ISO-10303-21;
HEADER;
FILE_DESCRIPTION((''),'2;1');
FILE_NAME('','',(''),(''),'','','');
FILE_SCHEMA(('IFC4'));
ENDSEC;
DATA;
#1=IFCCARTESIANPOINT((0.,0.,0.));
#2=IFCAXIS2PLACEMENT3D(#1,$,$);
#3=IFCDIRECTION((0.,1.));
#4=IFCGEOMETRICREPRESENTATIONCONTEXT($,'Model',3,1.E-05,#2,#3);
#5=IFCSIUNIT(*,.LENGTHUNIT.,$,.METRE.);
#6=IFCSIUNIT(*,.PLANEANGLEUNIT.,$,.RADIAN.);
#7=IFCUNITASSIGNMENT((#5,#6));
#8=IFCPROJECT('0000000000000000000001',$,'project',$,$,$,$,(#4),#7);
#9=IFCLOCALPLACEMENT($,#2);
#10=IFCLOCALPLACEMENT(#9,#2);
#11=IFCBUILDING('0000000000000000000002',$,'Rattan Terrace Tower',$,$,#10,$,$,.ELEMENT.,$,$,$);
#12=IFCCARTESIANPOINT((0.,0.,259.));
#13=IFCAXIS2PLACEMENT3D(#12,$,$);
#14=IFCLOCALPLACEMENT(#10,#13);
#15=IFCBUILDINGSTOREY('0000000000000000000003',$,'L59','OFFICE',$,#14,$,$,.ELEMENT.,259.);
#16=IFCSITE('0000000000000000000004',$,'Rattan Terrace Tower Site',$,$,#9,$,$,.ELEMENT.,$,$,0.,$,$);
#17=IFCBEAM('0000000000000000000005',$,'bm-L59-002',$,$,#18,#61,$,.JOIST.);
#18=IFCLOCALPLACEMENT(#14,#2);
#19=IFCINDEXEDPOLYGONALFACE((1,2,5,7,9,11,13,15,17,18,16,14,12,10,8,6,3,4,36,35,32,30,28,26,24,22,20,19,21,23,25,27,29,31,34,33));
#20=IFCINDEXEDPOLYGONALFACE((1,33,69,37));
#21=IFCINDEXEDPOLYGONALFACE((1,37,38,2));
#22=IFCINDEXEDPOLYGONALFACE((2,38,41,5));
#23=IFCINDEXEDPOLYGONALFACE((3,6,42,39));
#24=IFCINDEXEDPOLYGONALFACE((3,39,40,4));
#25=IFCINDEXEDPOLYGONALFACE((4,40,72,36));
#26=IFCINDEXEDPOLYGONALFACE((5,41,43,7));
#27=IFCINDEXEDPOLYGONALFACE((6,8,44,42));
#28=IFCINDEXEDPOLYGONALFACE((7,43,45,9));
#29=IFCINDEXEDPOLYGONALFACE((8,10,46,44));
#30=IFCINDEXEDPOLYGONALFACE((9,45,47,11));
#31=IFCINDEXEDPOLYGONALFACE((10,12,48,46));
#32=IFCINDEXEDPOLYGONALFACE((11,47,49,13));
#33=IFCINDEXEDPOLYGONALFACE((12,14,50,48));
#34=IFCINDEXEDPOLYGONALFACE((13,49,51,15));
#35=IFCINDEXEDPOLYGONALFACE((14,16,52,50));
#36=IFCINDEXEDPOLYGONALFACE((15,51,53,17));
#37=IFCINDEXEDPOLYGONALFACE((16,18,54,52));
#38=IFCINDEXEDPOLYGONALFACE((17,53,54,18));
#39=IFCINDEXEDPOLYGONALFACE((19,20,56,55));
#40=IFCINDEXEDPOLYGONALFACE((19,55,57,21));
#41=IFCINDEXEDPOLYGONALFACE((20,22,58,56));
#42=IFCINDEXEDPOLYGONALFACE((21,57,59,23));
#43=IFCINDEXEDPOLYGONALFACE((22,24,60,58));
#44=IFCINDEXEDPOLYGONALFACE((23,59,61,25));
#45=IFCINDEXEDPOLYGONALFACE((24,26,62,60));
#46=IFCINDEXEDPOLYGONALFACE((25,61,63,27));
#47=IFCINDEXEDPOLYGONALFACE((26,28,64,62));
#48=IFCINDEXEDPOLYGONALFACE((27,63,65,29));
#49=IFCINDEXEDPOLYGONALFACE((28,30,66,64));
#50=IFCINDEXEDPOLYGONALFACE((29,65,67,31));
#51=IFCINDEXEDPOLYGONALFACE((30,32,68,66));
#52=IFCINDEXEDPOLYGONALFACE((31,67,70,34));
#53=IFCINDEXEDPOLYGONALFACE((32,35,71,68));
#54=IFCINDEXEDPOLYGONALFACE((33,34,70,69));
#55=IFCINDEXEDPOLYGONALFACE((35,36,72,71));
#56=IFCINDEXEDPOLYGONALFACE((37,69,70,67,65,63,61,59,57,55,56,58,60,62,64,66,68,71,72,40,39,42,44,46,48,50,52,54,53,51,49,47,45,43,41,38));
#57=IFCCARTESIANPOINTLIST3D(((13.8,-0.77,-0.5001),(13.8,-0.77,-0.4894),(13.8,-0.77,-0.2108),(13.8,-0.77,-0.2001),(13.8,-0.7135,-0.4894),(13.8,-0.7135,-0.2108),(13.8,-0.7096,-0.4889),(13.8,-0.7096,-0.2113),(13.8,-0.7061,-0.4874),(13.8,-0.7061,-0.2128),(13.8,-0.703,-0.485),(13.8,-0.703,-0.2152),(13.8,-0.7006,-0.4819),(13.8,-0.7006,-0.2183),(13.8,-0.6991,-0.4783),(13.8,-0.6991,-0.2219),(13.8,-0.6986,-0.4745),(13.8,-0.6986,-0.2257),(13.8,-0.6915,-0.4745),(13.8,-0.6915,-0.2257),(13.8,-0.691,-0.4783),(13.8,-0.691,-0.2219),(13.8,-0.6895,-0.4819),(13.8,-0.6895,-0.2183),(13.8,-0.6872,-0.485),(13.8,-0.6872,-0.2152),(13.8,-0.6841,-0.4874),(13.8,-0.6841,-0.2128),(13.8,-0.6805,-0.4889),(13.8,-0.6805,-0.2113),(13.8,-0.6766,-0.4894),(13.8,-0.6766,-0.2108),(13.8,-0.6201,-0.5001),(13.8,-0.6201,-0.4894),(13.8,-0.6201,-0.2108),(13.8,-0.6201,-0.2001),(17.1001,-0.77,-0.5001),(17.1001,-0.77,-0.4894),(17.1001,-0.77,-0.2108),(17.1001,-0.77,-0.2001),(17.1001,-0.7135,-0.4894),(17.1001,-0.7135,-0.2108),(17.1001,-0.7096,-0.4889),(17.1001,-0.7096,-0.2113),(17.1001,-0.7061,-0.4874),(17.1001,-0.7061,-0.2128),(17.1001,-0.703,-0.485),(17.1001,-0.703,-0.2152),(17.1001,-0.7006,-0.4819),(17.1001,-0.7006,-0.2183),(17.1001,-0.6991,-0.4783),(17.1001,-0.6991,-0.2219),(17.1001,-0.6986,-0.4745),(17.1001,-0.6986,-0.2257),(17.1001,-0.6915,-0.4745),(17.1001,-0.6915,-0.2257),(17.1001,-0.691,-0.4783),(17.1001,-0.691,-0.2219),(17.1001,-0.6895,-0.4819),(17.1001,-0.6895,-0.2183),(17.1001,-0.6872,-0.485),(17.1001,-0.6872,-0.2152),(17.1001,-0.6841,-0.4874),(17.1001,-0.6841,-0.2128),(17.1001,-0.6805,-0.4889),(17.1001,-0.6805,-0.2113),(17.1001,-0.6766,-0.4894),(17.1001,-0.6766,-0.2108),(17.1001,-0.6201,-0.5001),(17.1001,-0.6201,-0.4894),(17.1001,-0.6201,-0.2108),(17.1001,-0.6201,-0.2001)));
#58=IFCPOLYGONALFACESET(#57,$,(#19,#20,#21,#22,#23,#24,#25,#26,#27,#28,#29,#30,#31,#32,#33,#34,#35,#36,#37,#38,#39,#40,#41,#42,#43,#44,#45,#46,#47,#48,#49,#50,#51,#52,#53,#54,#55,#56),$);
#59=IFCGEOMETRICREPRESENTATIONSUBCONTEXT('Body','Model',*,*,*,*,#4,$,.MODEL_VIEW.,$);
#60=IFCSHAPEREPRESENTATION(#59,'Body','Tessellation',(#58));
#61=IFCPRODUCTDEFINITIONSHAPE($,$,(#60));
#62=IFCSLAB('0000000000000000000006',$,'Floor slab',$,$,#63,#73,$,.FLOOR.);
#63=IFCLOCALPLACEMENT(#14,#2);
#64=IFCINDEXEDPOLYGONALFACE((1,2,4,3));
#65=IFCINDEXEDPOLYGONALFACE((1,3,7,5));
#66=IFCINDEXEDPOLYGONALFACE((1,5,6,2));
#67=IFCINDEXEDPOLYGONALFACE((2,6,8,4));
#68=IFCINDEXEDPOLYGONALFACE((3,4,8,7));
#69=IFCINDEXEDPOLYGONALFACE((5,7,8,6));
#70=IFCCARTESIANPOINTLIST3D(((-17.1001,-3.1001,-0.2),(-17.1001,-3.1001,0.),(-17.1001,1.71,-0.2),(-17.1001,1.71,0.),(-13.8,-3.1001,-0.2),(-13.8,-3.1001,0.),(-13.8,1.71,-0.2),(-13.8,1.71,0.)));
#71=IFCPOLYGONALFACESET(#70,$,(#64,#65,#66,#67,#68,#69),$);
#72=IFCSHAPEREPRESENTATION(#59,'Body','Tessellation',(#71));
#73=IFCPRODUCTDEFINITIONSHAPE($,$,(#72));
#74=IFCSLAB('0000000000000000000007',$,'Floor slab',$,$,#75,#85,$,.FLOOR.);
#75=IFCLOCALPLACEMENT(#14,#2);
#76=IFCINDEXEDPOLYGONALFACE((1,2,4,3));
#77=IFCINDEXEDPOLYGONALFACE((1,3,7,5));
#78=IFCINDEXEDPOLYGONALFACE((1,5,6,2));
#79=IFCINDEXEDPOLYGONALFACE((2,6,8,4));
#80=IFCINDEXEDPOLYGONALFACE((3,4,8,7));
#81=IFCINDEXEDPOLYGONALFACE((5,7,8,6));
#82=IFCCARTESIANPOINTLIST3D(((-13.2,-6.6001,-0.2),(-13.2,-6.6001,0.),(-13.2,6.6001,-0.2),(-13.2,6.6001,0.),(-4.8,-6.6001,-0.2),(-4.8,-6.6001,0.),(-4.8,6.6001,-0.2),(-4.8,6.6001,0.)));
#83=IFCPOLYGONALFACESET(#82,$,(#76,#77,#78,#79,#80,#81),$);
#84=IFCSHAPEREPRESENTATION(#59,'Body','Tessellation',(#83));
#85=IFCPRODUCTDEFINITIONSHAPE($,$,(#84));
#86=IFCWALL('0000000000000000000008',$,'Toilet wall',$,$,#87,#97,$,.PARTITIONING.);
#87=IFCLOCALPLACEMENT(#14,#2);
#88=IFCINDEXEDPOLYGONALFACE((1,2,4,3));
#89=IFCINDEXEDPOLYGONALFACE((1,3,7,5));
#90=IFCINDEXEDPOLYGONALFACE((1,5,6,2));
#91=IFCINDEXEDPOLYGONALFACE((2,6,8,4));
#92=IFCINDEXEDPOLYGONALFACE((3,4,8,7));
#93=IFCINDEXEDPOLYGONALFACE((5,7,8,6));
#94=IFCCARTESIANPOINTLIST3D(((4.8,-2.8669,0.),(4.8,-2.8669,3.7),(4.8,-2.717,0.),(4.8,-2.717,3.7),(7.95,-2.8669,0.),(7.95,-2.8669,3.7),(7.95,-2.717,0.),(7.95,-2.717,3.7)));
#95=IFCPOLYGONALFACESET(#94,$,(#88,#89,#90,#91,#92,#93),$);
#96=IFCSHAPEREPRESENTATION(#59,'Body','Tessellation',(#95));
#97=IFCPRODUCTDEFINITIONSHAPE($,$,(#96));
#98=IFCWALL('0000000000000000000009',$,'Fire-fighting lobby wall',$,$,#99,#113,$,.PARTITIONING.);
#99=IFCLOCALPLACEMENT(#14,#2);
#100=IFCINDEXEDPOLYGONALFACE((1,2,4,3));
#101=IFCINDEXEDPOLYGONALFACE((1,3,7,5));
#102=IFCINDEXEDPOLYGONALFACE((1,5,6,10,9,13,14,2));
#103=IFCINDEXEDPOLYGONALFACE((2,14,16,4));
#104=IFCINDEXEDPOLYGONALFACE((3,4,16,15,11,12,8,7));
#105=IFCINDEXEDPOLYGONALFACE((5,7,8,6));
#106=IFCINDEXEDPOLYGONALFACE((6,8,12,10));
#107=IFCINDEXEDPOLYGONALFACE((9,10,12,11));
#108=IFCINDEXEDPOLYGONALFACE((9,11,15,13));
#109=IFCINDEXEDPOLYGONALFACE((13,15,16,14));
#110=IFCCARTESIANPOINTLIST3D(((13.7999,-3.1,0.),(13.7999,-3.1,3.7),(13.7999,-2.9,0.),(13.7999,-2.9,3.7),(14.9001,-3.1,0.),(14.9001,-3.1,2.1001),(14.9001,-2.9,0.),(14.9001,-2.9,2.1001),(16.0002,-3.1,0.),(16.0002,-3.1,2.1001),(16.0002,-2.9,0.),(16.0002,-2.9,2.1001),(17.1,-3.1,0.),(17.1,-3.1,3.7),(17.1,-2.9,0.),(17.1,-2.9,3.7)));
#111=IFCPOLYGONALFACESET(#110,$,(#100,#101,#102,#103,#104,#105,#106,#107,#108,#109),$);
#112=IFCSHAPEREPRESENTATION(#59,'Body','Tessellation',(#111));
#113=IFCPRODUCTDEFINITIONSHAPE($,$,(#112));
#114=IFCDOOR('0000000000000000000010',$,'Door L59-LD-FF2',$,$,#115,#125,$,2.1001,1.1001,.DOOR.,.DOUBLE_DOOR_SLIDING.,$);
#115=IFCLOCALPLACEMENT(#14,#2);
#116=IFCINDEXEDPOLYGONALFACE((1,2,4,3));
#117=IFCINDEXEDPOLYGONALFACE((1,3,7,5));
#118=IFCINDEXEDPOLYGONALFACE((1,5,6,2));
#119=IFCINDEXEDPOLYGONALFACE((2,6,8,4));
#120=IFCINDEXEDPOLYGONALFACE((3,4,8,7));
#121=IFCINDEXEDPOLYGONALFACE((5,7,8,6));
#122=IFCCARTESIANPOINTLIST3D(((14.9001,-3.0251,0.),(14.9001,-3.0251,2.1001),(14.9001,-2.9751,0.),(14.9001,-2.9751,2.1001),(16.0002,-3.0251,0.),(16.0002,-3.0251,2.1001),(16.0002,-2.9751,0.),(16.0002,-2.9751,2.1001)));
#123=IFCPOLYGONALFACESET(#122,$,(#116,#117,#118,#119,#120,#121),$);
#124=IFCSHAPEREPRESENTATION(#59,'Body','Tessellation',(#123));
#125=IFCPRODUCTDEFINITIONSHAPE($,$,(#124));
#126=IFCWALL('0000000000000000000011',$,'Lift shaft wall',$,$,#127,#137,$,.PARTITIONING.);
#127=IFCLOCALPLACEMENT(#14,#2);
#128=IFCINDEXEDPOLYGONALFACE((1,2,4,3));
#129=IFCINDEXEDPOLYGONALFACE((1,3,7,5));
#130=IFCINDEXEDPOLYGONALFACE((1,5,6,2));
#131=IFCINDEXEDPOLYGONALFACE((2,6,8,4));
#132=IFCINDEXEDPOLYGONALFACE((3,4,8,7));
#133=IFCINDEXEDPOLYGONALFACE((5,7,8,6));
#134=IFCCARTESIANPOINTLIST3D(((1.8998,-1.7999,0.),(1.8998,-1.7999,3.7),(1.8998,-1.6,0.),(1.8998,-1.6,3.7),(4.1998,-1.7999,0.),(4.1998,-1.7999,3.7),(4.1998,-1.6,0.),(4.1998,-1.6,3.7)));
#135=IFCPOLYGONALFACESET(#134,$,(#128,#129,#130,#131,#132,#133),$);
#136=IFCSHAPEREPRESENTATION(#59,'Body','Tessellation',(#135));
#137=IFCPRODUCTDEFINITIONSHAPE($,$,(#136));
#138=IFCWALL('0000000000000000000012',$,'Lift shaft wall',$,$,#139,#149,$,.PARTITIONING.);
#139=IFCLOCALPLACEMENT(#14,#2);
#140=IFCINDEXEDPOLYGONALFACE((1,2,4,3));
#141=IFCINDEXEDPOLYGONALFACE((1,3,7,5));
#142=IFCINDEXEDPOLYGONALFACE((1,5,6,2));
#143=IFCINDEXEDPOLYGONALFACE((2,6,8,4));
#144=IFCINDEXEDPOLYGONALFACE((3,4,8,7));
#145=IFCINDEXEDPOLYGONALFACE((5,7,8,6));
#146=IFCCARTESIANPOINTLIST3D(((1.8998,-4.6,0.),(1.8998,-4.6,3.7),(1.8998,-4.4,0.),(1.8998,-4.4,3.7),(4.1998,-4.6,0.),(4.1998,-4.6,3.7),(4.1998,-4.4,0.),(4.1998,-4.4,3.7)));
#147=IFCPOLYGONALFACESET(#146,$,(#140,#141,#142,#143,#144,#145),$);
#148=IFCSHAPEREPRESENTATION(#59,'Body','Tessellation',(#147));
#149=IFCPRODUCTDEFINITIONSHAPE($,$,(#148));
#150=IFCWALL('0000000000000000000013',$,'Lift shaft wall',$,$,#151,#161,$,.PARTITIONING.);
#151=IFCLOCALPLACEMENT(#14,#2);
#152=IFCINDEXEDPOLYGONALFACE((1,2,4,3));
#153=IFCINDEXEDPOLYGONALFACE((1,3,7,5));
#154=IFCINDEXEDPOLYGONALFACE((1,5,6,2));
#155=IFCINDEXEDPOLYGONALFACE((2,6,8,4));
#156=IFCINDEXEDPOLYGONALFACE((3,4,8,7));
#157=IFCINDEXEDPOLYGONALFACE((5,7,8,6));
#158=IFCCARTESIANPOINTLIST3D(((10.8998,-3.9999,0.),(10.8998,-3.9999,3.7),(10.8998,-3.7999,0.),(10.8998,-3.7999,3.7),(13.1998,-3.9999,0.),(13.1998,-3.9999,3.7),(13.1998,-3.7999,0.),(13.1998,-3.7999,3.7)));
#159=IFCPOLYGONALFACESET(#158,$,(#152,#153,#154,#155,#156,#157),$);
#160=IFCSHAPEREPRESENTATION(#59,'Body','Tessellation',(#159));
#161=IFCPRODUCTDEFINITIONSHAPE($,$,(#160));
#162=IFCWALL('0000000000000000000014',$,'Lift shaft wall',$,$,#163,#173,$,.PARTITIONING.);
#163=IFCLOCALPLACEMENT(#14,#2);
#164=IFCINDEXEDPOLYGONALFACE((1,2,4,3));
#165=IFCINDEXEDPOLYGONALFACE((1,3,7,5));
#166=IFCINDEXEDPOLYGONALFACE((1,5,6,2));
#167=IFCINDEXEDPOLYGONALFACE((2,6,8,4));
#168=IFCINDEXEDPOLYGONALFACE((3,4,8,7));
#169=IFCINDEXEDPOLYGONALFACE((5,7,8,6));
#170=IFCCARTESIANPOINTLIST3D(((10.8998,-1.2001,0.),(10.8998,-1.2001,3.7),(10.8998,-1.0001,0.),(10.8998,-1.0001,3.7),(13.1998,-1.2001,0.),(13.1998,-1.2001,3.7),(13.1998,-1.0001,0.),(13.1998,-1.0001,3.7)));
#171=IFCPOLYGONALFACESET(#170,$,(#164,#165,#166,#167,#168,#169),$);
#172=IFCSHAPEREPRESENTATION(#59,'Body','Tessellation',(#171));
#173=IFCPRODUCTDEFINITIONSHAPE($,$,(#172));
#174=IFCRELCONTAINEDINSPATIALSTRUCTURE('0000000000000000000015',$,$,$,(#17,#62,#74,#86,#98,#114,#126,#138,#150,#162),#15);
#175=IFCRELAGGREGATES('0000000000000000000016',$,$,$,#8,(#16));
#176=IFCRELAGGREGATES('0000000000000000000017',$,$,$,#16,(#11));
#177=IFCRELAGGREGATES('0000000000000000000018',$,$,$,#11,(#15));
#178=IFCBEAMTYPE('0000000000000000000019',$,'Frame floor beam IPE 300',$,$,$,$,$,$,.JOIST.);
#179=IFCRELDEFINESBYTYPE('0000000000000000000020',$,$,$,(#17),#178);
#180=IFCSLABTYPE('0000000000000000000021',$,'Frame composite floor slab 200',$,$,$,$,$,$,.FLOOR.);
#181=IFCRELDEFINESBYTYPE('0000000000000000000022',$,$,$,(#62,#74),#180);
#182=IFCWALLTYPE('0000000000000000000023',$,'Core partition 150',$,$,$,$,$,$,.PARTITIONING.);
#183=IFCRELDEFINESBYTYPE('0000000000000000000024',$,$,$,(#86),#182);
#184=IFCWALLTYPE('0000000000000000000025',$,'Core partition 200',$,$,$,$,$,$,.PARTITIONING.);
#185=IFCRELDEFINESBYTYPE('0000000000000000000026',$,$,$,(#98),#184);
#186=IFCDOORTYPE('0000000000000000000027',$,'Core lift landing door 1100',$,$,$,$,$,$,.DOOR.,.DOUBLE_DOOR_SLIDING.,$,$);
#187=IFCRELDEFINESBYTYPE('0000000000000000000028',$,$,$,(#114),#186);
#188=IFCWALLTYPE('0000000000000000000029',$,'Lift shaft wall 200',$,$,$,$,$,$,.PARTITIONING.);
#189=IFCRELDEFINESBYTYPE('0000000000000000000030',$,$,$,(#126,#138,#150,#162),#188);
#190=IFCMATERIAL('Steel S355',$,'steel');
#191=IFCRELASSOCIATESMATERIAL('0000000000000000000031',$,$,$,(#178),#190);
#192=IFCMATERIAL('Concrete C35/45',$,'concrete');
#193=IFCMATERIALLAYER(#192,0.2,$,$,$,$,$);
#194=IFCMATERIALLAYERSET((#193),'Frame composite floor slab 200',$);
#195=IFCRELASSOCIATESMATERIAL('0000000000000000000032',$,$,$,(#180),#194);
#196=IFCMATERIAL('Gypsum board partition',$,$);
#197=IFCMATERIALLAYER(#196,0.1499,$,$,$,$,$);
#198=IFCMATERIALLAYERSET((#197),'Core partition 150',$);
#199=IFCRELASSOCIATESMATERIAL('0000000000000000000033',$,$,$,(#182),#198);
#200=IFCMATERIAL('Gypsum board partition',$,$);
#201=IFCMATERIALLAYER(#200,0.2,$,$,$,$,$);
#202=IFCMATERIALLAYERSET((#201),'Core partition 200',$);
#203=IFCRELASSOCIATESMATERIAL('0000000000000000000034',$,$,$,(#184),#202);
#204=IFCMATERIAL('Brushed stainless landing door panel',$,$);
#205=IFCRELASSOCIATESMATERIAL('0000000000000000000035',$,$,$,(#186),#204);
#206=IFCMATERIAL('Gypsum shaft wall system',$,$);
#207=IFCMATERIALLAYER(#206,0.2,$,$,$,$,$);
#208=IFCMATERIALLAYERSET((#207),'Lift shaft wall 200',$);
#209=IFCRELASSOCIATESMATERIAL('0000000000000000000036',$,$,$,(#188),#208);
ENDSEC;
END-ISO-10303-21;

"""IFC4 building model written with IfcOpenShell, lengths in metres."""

from ifc_helpers import new_model, si_unit, direction, frame, frame_2d, origin, origin_2d, place, context, subcontext, project, spatial, polyline, rectangle, i_section, outline, extrude, material, layer, layer_set, material_profile, profile_set, type_object, element, fill, save


model = new_model("IFC4")

# Units and contexts
model_context = context("Model", 3, precision=1e-05, world=origin(), true_north=direction((0.0, 1.0)))
body_context = subcontext(model_context, "Body", "Model", "MODEL_VIEW")
ifc_project = project(units=[si_unit("LENGTHUNIT", "METRE"), si_unit("PLANEANGLEUNIT", "RADIAN")], contexts=[model_context])

# Site, building, storey
site_placement = place(None, origin())
site = spatial("IfcSite", under=ifc_project, at=site_placement, Name="Rattan Terrace Tower Site", CompositionType="ELEMENT", RefElevation=0.0)
building_placement = place(site_placement, origin())
building = spatial("IfcBuilding", under=site, at=building_placement, Name="Rattan Terrace Tower", CompositionType="ELEMENT")
storey_placement = place(building_placement, frame((0.0, 0.0, 259.0)))
storey = spatial("IfcBuildingStorey", under=building, at=storey_placement, Name="L59", Description="OFFICE", CompositionType="ELEMENT", Elevation=259.0)

# Beam
ifc_material_1 = material(Name="Steel S355", Category="steel")
ifc_material_profile = material_profile(ifc_material_1, i_section(OverallWidth=0.1499, OverallDepth=0.3, WebThickness=0.0071, FlangeThickness=0.0107, FilletRadius=0.0149, at=origin_2d()), Name="IPE 300")
ifc_profile_set = profile_set([ifc_material_profile], Name="Steel S355")
beam_type = type_object("IfcBeamType", Name="Frame floor beam IPE 300", PredefinedType="JOIST", material=ifc_profile_set)
beam_placement = place(storey_placement, frame((13.8, -0.6951, -0.3501), z_axis=(1.0, 0.0, 0.0), x_axis=(0.0, 1.0, 0.0)))
element("IfcBeam", 1, at=beam_placement, inside=storey, type_object=beam_type, Name="bm-L59-002", PredefinedType="JOIST", context=body_context, shape_type="SweptSolid", body=[
    extrude(i_section(OverallWidth=0.1499, OverallDepth=0.3, WebThickness=0.0071, FlangeThickness=0.0107, FilletRadius=0.0149, at=origin_2d()), origin(), (0.0, 0.0, 1.0), 3.3),
])

# Slabs
ifc_material_2 = material(Name="Concrete C35/45", Category="concrete")
ifc_layer_1 = layer(ifc_material_2, 0.2)
ifc_layer_set_1 = layer_set([ifc_layer_1], Name="Frame composite floor slab 200")
slab_type = type_object("IfcSlabType", Name="Frame composite floor slab 200", PredefinedType="FLOOR", material=ifc_layer_set_1)
slab_1_placement = place(storey_placement, frame((0.0, 0.0, -0.2)))
element("IfcSlab", 2, at=slab_1_placement, inside=storey, type_object=slab_type, Name="Floor slab", PredefinedType="FLOOR", context=body_context, shape_type="SweptSolid", body=[
    extrude(outline(polyline([(-17.1001, -3.1001), (-13.8, -3.1001), (-13.8, 1.71), (-17.1001, 1.71), (-17.1001, -3.1001)])), origin(), (0.0, 0.0, 1.0), 0.2),
])
slab_2_placement = place(storey_placement, frame((0.0, 0.0, -0.2)))
element("IfcSlab", 3, at=slab_2_placement, inside=storey, type_object=slab_type, Name="Floor slab", PredefinedType="FLOOR", context=body_context, shape_type="SweptSolid", body=[
    extrude(outline(polyline([(-4.8, -6.6001), (-4.8, 6.6001), (-13.2, 6.6001), (-13.2, -6.6001), (-4.8, -6.6001)])), origin(), (0.0, 0.0, 1.0), 0.2),
])

# Wall
ifc_material_3 = material(Name="Gypsum board partition")
ifc_layer_2 = layer(ifc_material_3, 0.1499)
ifc_layer_set_2 = layer_set([ifc_layer_2], Name="Core partition 150")
wall_type_1 = type_object("IfcWallType", Name="Core partition 150", PredefinedType="PARTITIONING", material=ifc_layer_set_2)
wall_1_placement = place(storey_placement, frame((4.8, -2.792, 0.0), z_axis=(0.0, 0.0, 1.0), x_axis=(1.0, 0.0, 0.0)))
element("IfcWall", 4, at=wall_1_placement, inside=storey, type_object=wall_type_1, Name="Toilet wall", PredefinedType="PARTITIONING", context=body_context, shape_type="SweptSolid", body=[
    extrude(rectangle(XDim=3.1499, YDim=0.1499, at=frame_2d((1.575, 0.0))), origin(), (0.0, 0.0, 1.0), 3.7),
])

# Wall, opening, door
ifc_material_4 = material(Name="Gypsum board partition")
ifc_layer_3 = layer(ifc_material_4, 0.2)
ifc_layer_set_3 = layer_set([ifc_layer_3], Name="Core partition 200")
wall_type_2 = type_object("IfcWallType", Name="Core partition 200", PredefinedType="PARTITIONING", material=ifc_layer_set_3)
wall_2_placement = place(storey_placement, frame((13.8, -3.0, 0.0), z_axis=(0.0, 0.0, 1.0), x_axis=(1.0, 0.0, 0.0)))
wall_2 = element("IfcWall", 5, at=wall_2_placement, inside=storey, type_object=wall_type_2, Name="Fire-fighting lobby wall", PredefinedType="PARTITIONING", context=body_context, shape_type="SweptSolid", body=[
    extrude(rectangle(XDim=3.3, YDim=0.2, at=frame_2d((1.6499, 0.0))), origin(), (0.0, 0.0, 1.0), 3.7),
])
opening_placement = place(wall_2_placement, frame((1.1001, 0.0, 0.0)))
opening = element("IfcOpeningElement", 6, at=opening_placement, cuts=wall_2, PredefinedType="OPENING", context=body_context, shape_type="SweptSolid", body=[
    extrude(rectangle(XDim=1.1001, YDim=2.1001, at=frame_2d((0.55, 1.05))), frame((0.0, 0.1106, 0.0), z_axis=(0.0, -1.0, 0.0), x_axis=(1.0, 0.0, 0.0)), (0.0, 0.0, 1.0), 0.2209),
])
ifc_material_5 = material(Name="Brushed stainless landing door panel")
door_type = type_object("IfcDoorType", Name="Core lift landing door 1100", OperationType="DOUBLE_DOOR_SLIDING", PredefinedType="DOOR", material=ifc_material_5)
door_placement = place(opening_placement, origin())
door = element("IfcDoor", 7, at=door_placement, inside=storey, type_object=door_type, Name="Door L59-LD-FF2", OperationType="DOUBLE_DOOR_SLIDING", OverallHeight=2.1001, OverallWidth=1.1001, PredefinedType="DOOR", context=body_context, shape_type="SweptSolid", body=[
    extrude(rectangle(XDim=1.1001, YDim=2.1001, at=frame_2d((0.55, 1.05))), frame((0.0, 0.0249, 0.0), z_axis=(0.0, -1.0, 0.0), x_axis=(1.0, 0.0, 0.0)), (0.0, 0.0, 1.0), 0.05),
])
fill(opening, door)

# Walls
ifc_material_6 = material(Name="Gypsum shaft wall system")
ifc_layer_4 = layer(ifc_material_6, 0.2)
ifc_layer_set_4 = layer_set([ifc_layer_4], Name="Lift shaft wall 200")
wall_type_3 = type_object("IfcWallType", Name="Lift shaft wall 200", PredefinedType="PARTITIONING", material=ifc_layer_set_4)
for number, where, z_axis, x_axis, name in (
    (8, (1.8999, -1.7, 0.0), (0.0, 0.0, 1.0), (1.0, 0.0, 0.0), "Lift shaft wall"),
    (9, (1.8999, -4.5, 0.0), (0.0, 0.0, 1.0), (1.0, 0.0, 0.0), "Lift shaft wall"),
    (10, (10.8999, -3.8999, 0.0), (0.0, 0.0, 1.0), (1.0, 0.0, 0.0), "Lift shaft wall"),
    (11, (10.8999, -1.1001, 0.0), (0.0, 0.0, 1.0), (1.0, 0.0, 0.0), "Lift shaft wall"),
):
    element("IfcWall", number, at=place(storey_placement, frame(where, z_axis=z_axis, x_axis=x_axis)), inside=storey, type_object=wall_type_3, Name=name, PredefinedType="PARTITIONING", context=body_context, shape_type="SweptSolid", body=[
        extrude(rectangle(XDim=2.3, YDim=0.2, at=frame_2d((1.1499, 0.0))), origin(), (0.0, 0.0, 1.0), 3.7),
    ])

save(model, "model.ifc")
